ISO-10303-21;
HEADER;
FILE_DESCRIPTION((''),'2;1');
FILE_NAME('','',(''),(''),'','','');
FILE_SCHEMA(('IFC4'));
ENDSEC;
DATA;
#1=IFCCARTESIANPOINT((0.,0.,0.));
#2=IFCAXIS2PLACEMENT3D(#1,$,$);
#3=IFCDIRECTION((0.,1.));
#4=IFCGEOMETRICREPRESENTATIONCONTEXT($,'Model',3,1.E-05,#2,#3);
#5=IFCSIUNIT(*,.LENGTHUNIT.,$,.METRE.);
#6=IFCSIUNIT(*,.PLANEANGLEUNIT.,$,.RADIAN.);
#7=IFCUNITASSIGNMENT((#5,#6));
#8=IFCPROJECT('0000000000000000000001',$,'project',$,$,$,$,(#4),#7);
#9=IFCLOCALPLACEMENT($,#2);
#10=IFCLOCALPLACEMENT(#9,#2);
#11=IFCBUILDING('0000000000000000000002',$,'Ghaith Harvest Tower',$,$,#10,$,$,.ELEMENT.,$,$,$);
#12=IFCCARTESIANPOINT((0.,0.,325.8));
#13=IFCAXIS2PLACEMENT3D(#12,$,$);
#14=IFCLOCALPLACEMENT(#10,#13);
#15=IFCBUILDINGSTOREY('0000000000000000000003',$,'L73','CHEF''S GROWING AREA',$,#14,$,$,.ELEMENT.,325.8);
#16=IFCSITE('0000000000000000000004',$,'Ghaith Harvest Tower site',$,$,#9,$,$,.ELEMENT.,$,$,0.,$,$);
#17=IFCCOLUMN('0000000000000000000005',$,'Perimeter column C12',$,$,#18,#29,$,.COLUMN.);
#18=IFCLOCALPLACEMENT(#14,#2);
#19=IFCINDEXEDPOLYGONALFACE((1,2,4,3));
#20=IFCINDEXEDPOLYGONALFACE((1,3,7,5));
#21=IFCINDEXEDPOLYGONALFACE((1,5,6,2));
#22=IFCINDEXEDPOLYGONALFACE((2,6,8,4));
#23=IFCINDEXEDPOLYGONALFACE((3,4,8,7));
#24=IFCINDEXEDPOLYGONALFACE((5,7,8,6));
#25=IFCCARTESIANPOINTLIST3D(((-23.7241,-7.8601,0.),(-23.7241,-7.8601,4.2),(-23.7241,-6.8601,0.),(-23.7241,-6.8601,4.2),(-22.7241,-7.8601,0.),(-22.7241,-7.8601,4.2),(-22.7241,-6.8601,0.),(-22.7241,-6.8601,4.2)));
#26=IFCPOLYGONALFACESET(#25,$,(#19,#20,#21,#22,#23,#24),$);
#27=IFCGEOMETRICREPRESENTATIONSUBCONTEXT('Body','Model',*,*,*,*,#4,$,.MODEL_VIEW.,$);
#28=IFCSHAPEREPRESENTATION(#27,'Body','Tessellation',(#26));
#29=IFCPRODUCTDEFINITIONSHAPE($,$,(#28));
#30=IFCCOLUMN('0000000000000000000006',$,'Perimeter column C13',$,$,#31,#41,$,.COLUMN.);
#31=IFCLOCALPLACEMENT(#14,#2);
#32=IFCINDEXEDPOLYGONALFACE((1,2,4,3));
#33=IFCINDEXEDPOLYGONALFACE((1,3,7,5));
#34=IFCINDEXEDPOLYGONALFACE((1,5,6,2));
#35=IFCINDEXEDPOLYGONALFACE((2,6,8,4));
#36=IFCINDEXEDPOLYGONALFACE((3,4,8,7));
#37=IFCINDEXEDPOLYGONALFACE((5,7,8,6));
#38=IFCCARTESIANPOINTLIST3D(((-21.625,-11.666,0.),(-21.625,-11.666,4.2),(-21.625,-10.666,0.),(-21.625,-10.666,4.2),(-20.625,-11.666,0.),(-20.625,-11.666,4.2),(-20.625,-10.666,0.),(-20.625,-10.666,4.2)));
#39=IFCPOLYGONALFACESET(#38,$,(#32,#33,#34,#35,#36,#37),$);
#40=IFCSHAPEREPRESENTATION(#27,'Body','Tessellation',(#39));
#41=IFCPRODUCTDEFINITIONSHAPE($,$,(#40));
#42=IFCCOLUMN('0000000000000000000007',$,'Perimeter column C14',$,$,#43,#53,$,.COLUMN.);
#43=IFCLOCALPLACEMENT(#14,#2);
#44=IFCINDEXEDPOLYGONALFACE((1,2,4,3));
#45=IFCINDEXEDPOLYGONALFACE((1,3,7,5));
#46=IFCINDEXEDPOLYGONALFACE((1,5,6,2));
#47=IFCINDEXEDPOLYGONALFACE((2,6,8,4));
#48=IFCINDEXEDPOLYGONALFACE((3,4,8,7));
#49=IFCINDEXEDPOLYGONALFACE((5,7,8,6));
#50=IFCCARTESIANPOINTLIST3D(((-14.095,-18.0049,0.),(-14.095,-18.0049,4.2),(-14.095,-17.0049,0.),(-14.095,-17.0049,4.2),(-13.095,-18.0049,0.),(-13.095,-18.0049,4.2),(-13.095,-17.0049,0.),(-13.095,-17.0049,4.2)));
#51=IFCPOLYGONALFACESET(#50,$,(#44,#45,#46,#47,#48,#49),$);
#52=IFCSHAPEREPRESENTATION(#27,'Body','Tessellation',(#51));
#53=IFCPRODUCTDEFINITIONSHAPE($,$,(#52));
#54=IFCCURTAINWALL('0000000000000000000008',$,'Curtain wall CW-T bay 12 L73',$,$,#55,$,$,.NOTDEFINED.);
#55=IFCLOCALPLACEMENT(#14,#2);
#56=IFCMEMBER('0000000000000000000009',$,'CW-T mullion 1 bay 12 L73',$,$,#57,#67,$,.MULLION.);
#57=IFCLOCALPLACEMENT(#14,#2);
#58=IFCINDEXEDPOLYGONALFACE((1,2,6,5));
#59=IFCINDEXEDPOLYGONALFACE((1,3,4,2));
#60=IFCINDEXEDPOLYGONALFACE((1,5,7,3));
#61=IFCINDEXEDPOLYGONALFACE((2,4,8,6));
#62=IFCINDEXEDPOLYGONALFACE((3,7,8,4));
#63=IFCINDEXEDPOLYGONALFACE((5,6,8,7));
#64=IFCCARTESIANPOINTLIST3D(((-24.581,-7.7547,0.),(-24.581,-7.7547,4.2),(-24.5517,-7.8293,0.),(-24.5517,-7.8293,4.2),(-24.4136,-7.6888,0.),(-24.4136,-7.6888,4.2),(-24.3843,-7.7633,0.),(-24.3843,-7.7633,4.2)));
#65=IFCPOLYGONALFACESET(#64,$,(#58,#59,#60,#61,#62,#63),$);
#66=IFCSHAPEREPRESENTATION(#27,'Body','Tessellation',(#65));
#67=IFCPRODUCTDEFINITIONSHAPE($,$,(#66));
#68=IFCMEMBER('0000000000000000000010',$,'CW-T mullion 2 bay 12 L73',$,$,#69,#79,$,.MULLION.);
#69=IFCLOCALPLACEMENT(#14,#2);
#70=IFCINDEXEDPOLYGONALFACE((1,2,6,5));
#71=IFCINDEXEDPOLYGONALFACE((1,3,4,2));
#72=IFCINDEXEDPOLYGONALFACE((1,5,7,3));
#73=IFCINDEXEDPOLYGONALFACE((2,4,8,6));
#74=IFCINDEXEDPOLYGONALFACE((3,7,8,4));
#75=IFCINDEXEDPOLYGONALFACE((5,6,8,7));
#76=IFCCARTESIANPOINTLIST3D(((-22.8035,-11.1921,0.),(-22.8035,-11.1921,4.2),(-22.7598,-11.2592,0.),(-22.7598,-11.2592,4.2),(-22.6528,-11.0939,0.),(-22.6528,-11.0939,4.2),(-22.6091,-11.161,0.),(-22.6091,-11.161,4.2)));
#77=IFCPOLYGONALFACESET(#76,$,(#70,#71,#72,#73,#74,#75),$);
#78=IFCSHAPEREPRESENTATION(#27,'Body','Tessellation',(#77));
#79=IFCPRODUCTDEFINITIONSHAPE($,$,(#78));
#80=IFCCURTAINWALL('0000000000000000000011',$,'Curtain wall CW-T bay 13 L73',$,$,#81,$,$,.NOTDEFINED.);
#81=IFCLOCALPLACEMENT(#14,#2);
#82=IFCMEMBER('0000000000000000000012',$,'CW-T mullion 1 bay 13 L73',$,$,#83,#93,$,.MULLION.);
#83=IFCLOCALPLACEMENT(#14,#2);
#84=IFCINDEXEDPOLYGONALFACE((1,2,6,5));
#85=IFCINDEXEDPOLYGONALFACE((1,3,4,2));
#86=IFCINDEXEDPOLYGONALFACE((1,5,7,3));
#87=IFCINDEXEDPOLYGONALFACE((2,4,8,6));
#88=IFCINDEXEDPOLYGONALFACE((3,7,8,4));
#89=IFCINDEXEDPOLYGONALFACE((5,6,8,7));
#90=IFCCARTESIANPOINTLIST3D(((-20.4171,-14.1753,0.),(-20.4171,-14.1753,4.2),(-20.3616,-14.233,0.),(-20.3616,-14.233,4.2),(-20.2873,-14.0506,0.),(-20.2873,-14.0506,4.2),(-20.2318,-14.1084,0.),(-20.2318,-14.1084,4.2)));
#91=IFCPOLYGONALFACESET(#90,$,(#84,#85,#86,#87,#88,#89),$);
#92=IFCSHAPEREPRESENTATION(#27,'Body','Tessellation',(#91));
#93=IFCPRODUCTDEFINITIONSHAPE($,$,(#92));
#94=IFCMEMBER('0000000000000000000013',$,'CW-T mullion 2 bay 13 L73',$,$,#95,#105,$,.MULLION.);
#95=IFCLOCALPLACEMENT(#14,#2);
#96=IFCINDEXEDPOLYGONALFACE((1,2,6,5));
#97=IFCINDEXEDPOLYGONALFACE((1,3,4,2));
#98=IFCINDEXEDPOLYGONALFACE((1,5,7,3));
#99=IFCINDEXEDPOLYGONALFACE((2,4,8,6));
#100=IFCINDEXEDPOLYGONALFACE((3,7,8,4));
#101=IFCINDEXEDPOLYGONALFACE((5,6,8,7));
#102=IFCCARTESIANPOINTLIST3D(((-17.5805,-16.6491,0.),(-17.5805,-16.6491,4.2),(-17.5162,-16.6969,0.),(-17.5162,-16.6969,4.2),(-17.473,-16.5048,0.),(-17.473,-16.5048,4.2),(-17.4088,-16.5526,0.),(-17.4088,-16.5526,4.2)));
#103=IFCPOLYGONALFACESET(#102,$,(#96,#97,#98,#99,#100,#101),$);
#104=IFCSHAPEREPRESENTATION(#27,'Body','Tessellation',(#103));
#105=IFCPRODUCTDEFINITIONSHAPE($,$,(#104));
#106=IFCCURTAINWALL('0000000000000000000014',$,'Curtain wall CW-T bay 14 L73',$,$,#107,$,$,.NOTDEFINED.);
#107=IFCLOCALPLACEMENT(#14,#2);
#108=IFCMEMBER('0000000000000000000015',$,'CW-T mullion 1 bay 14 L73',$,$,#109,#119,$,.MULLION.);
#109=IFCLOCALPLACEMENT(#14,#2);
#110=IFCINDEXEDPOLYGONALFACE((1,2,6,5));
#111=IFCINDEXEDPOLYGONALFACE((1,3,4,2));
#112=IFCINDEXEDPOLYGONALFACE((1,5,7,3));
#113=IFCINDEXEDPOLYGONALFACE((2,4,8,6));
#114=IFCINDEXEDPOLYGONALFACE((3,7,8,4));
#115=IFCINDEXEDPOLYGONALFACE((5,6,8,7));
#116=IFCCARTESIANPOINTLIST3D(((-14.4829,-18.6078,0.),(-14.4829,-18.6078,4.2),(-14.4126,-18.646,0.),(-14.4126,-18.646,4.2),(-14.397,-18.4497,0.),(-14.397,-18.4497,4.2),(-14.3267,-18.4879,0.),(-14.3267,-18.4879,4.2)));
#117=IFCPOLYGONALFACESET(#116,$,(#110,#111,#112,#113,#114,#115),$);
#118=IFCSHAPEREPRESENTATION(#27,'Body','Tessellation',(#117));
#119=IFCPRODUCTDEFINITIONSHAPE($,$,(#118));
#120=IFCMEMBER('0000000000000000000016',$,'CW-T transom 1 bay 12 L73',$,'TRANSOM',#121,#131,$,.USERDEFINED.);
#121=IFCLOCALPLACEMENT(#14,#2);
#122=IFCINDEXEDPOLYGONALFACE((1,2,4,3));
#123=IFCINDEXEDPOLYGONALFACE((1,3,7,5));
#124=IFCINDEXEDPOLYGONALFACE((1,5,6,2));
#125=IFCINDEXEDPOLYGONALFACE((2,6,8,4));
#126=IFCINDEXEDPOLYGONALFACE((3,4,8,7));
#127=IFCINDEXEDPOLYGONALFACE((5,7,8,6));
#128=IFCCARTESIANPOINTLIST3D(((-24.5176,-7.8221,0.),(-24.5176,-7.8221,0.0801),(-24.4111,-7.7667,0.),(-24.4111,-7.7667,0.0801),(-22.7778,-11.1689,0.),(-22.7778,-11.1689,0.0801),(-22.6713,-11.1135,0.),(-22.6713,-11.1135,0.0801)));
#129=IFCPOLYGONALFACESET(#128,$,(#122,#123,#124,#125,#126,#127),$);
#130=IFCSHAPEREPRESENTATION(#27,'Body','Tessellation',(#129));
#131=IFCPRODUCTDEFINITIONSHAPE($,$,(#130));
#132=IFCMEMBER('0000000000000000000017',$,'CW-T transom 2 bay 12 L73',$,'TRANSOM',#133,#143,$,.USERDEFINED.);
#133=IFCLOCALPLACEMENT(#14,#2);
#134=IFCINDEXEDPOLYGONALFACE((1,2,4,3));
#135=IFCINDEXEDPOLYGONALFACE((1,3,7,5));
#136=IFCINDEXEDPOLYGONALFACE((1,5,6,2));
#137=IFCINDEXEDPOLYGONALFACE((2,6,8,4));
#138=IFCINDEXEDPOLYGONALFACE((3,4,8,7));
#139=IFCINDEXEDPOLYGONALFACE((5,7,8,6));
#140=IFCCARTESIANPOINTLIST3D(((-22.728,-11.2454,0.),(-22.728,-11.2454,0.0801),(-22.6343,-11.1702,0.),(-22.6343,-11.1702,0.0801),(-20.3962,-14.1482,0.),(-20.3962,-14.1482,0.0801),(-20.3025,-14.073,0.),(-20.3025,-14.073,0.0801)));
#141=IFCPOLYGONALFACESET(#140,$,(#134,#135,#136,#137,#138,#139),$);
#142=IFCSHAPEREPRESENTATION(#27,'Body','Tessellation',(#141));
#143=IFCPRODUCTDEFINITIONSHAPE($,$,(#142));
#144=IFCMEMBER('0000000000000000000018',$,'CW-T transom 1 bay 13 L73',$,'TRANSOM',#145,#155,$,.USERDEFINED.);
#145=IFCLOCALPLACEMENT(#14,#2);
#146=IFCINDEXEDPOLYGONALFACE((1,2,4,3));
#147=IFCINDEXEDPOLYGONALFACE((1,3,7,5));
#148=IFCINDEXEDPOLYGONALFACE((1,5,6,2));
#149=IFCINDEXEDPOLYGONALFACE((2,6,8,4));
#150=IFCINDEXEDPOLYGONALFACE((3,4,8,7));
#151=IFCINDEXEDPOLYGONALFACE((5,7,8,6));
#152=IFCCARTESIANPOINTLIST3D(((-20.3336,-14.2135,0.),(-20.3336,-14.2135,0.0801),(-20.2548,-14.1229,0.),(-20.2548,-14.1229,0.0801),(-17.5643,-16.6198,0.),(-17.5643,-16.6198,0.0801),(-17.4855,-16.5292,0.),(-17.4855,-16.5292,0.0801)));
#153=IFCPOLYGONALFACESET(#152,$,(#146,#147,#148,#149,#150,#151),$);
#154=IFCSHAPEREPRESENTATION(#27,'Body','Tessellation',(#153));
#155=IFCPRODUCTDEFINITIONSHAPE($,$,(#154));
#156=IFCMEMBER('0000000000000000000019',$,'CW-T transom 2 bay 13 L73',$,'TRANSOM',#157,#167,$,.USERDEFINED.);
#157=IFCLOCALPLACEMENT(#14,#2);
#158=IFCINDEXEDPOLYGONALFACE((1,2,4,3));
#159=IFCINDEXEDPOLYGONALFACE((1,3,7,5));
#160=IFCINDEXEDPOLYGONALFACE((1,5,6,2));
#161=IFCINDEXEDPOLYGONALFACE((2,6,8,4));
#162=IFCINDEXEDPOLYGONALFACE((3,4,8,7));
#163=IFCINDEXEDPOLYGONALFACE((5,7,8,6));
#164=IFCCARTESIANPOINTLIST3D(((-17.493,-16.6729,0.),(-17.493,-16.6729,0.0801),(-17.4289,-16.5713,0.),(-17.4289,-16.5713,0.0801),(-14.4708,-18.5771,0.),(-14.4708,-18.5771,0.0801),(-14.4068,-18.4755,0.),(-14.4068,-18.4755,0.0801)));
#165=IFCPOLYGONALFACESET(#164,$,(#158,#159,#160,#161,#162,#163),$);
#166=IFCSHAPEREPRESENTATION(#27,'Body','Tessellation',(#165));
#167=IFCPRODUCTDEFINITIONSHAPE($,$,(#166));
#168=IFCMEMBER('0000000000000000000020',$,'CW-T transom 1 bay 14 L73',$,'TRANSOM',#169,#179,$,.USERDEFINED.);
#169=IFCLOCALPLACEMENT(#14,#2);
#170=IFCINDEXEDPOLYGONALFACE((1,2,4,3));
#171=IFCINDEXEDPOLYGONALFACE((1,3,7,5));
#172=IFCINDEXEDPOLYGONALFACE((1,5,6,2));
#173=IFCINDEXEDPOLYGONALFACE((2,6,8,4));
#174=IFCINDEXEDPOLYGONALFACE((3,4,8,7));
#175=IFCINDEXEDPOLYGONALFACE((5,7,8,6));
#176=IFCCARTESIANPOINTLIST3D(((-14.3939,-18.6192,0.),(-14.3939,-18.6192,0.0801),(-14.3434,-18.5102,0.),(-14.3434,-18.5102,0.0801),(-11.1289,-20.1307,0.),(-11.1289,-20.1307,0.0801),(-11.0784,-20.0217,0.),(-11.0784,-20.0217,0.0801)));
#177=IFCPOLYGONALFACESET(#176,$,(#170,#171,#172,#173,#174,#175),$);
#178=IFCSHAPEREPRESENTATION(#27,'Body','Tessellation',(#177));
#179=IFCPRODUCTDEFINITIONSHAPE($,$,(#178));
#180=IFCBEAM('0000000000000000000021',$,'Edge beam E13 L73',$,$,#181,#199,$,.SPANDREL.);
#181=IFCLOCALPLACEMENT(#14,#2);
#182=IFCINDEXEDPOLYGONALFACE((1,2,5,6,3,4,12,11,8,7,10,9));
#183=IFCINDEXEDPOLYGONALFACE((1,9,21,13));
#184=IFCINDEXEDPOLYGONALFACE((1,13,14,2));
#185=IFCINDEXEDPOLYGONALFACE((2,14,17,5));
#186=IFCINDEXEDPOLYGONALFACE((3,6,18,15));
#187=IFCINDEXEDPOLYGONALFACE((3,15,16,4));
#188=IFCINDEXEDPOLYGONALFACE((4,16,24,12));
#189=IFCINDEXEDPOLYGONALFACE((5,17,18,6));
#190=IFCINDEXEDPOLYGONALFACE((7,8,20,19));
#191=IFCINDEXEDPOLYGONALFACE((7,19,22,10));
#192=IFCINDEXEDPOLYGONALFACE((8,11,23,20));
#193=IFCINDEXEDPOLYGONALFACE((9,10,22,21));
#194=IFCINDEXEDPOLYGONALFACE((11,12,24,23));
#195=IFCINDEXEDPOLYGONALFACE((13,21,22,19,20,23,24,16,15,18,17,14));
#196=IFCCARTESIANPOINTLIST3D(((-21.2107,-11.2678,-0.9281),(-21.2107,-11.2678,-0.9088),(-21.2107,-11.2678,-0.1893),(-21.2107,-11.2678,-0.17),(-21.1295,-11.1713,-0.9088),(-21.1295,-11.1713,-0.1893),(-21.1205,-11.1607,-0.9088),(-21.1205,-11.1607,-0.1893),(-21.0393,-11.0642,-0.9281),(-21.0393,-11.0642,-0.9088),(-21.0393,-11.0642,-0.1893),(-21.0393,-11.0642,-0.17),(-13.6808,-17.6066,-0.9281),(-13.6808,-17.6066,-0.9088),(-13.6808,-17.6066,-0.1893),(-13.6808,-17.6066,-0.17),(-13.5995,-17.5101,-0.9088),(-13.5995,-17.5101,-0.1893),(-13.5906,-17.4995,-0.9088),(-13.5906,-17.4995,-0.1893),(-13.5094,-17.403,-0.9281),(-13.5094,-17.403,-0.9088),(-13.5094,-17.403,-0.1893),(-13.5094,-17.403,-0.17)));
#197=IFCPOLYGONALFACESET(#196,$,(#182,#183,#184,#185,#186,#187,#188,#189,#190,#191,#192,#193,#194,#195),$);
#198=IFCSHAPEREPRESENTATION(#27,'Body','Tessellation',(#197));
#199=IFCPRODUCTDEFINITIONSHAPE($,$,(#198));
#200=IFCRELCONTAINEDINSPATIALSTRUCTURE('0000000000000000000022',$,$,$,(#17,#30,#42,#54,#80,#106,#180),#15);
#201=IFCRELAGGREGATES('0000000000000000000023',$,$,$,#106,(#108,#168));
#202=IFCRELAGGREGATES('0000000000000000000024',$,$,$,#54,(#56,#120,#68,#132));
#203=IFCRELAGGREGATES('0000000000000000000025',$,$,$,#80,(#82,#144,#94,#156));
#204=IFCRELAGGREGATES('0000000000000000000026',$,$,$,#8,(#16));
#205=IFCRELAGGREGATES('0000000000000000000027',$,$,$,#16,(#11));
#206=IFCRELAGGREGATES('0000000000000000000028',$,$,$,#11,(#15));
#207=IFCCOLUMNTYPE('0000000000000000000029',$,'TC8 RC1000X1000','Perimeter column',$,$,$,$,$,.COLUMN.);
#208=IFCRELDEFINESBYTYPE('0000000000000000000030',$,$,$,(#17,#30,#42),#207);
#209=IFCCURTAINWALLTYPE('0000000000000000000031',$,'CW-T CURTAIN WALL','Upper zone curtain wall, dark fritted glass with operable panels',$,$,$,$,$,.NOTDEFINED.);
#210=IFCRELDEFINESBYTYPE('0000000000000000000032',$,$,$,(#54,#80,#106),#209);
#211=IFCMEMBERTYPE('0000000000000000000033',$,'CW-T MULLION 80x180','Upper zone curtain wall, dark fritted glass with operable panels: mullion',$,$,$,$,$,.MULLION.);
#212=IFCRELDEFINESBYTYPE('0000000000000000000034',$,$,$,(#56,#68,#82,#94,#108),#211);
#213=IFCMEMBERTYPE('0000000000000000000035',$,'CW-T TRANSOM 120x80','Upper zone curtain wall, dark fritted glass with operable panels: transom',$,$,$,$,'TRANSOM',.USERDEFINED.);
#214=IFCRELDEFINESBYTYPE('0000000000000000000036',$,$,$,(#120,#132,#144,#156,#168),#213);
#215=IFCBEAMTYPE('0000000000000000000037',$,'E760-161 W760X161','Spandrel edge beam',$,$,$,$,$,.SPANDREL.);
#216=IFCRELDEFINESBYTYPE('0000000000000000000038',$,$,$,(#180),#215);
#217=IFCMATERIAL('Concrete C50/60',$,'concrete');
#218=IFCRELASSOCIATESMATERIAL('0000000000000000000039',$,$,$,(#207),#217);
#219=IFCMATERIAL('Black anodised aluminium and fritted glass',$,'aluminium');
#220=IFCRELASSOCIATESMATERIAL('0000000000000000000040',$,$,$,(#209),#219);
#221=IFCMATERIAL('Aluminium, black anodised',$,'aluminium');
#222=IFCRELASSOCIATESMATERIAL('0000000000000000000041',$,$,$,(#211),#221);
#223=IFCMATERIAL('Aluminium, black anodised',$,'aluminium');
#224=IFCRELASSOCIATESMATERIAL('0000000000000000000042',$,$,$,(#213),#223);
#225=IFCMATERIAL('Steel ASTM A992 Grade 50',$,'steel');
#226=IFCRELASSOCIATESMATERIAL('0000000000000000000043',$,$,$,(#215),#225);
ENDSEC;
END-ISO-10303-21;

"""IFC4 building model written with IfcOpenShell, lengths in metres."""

from ifc_helpers import new_model, si_unit, direction, frame, origin, origin_2d, place, context, subcontext, project, spatial, rectangle, i_section, extrude, material, material_profile, profile_set, type_object, element, aggregate, save


model = new_model("IFC4")

# Units and contexts
model_context = context("Model", 3, precision=1e-05, world=origin(), true_north=direction((0.0, 1.0)))
body_context = subcontext(model_context, "Body", "Model", "MODEL_VIEW")
ifc_project = project(units=[si_unit("LENGTHUNIT", "METRE"), si_unit("PLANEANGLEUNIT", "RADIAN")], contexts=[model_context])

# Site, building, storey
site_placement = place(None, origin())
site = spatial("IfcSite", under=ifc_project, at=site_placement, Name="Ghaith Harvest Tower site", CompositionType="ELEMENT", RefElevation=0.0)
building_placement = place(site_placement, origin())
building = spatial("IfcBuilding", under=site, at=building_placement, Name="Ghaith Harvest Tower", CompositionType="ELEMENT")
storey_placement = place(building_placement, frame((0.0, 0.0, 325.8)))
storey = spatial("IfcBuildingStorey", under=building, at=storey_placement, Name="L73", Description="CHEF'S GROWING AREA", CompositionType="ELEMENT", Elevation=325.8)

# Columns
ifc_material_1 = material(Name="Concrete C50/60", Category="concrete")
ifc_material_profile_1 = material_profile(ifc_material_1, rectangle(XDim=1.0, YDim=1.0, at=origin_2d()), Name="RC1000X1000")
ifc_profile_set_1 = profile_set([ifc_material_profile_1], Name="Concrete C50/60")
column_type = type_object("IfcColumnType", Name="TC8 RC1000X1000", Description="Perimeter column", PredefinedType="COLUMN", material=ifc_profile_set_1)
for number, where, z_axis, x_axis, name in (
    (1, (-23.2241, -7.3601, 0.0), (0.0, 0.0, 1.0), (1.0, 0.0, 0.0), "Perimeter column C12"),
    (2, (-21.125, -11.166, 0.0), (0.0, 0.0, 1.0), (1.0, 0.0, 0.0), "Perimeter column C13"),
    (3, (-13.595, -17.5049, 0.0), (0.0, 0.0, 1.0), (1.0, 0.0, 0.0), "Perimeter column C14"),
):
    element("IfcColumn", number, at=place(storey_placement, frame(where, z_axis=z_axis, x_axis=x_axis)), inside=storey, type_object=column_type, Name=name, PredefinedType="COLUMN", context=body_context, shape_type="SweptSolid", body=[
        extrude(rectangle(XDim=1.0, YDim=1.0, at=origin_2d()), origin(), (0.0, 0.0, 1.0), 4.2),
    ])

# Curtain walls, members
ifc_material_2 = material(Name="Black anodised aluminium and fritted glass", Category="aluminium")
curtain_wall_type = type_object("IfcCurtainWallType", Name="CW-T CURTAIN WALL", Description="Upper zone curtain wall, dark fritted glass with operable panels", PredefinedType="NOTDEFINED", material=ifc_material_2)
curtain_wall_1_placement = place(storey_placement, origin())
curtain_wall_1 = element("IfcCurtainWall", 4, at=curtain_wall_1_placement, inside=storey, type_object=curtain_wall_type, Name="Curtain wall CW-T bay 12 L73", PredefinedType="NOTDEFINED")
ifc_material_3 = material(Name="Aluminium, black anodised", Category="aluminium")
ifc_material_profile_2 = material_profile(ifc_material_3, rectangle(XDim=0.0801, YDim=0.1799, at=origin_2d()), Name="CW-T MULLION 80x180")
ifc_profile_set_2 = profile_set([ifc_material_profile_2], Name="Aluminium, black anodised")
member_type_1 = type_object("IfcMemberType", Name="CW-T MULLION 80x180", Description="Upper zone curtain wall, dark fritted glass with operable panels: mullion", PredefinedType="MULLION", material=ifc_profile_set_2)
member_1_placement = place(storey_placement, frame((-24.4827, -7.759, 0.0), z_axis=(0.0, 0.0, 1.0), x_axis=(0.366473, -0.930429, 0.0)))
member_1 = element("IfcMember", 5, at=member_1_placement, type_object=member_type_1, Name="CW-T mullion 1 bay 12 L73", PredefinedType="MULLION", context=body_context, shape_type="SweptSolid", body=[
    extrude(rectangle(XDim=0.0801, YDim=0.1799, at=origin_2d()), origin(), (0.0, 0.0, 1.0), 4.2),
])
member_2_placement = place(storey_placement, frame((-22.7063, -11.1765, 0.0), z_axis=(0.0, 0.0, 1.0), x_axis=(0.545865, -0.837873, 0.0)))
member_2 = element("IfcMember", 6, at=member_2_placement, type_object=member_type_1, Name="CW-T mullion 2 bay 12 L73", PredefinedType="MULLION", context=body_context, shape_type="SweptSolid", body=[
    extrude(rectangle(XDim=0.0801, YDim=0.1799, at=origin_2d()), origin(), (0.0, 0.0, 1.0), 4.2),
])
curtain_wall_2_placement = place(storey_placement, origin())
curtain_wall_2 = element("IfcCurtainWall", 7, at=curtain_wall_2_placement, inside=storey, type_object=curtain_wall_type, Name="Curtain wall CW-T bay 13 L73", PredefinedType="NOTDEFINED")
member_3_placement = place(storey_placement, frame((-20.3245, -14.1418, 0.0), z_axis=(0.0, 0.0, 1.0), x_axis=(0.692826, -0.721104, 0.0)))
member_3 = element("IfcMember", 8, at=member_3_placement, type_object=member_type_1, Name="CW-T mullion 1 bay 13 L73", PredefinedType="MULLION", context=body_context, shape_type="SweptSolid", body=[
    extrude(rectangle(XDim=0.0801, YDim=0.1799, at=origin_2d()), origin(), (0.0, 0.0, 1.0), 4.2),
])
member_4_placement = place(storey_placement, frame((-17.4946, -16.6008, 0.0), z_axis=(0.0, 0.0, 1.0), x_axis=(0.80219, -0.597069, 0.0)))
member_4 = element("IfcMember", 9, at=member_4_placement, type_object=member_type_1, Name="CW-T mullion 2 bay 13 L73", PredefinedType="MULLION", context=body_context, shape_type="SweptSolid", body=[
    extrude(rectangle(XDim=0.0801, YDim=0.1799, at=origin_2d()), origin(), (0.0, 0.0, 1.0), 4.2),
])

# Curtain wall, member
curtain_wall_3_placement = place(storey_placement, origin())
curtain_wall_3 = element("IfcCurtainWall", 10, at=curtain_wall_3_placement, inside=storey, type_object=curtain_wall_type, Name="Curtain wall CW-T bay 14 L73", PredefinedType="NOTDEFINED")
member_5_placement = place(storey_placement, frame((-14.4048, -18.5479, 0.0), z_axis=(0.0, 0.0, 1.0), x_axis=(0.878672, -0.477426, 0.0)))
member_5 = element("IfcMember", 11, at=member_5_placement, type_object=member_type_1, Name="CW-T mullion 1 bay 14 L73", PredefinedType="MULLION", context=body_context, shape_type="SweptSolid", body=[
    extrude(rectangle(XDim=0.0801, YDim=0.1799, at=origin_2d()), origin(), (0.0, 0.0, 1.0), 4.2),
])

# Members
ifc_material_4 = material(Name="Aluminium, black anodised", Category="aluminium")
ifc_material_profile_3 = material_profile(ifc_material_4, rectangle(XDim=0.1201, YDim=0.0801, at=origin_2d()), Name="CW-T TRANSOM 120x80")
ifc_profile_set_3 = profile_set([ifc_material_profile_3], Name="Aluminium, black anodised")
member_type_2 = type_object("IfcMemberType", Name="CW-T TRANSOM 120x80", Description="Upper zone curtain wall, dark fritted glass with operable panels: transom", ElementType="TRANSOM", PredefinedType="USERDEFINED", material=ifc_profile_set_3)
member_6_placement = place(storey_placement, frame((-24.4644, -7.7944, 0.04), z_axis=(0.461243, -0.887274, 0.0), x_axis=(0.887274, 0.461243, 0.0)))
member_6 = element("IfcMember", 12, at=member_6_placement, type_object=member_type_2, Name="CW-T transom 1 bay 12 L73", ObjectType="TRANSOM", PredefinedType="USERDEFINED", context=body_context, shape_type="SweptSolid", body=[
    extrude(rectangle(XDim=0.1201, YDim=0.0801, at=origin_2d()), origin(), (0.0, 0.0, 1.0), 3.772),
])
member_7_placement = place(storey_placement, frame((-22.6812, -11.2078, 0.04), z_axis=(0.626253, -0.77962, 0.0), x_axis=(0.77962, 0.626253, 0.0)))
member_7 = element("IfcMember", 13, at=member_7_placement, type_object=member_type_2, Name="CW-T transom 2 bay 12 L73", ObjectType="TRANSOM", PredefinedType="USERDEFINED", context=body_context, shape_type="SweptSolid", body=[
    extrude(rectangle(XDim=0.1201, YDim=0.0801, at=origin_2d()), origin(), (0.0, 0.0, 1.0), 3.7234),
])
member_8_placement = place(storey_placement, frame((-20.2942, -14.1682, 0.04), z_axis=(0.754852, -0.655895, 0.0), x_axis=(0.655895, 0.754852, 0.0)))
member_8 = element("IfcMember", 14, at=member_8_placement, type_object=member_type_2, Name="CW-T transom 1 bay 13 L73", ObjectType="TRANSOM", PredefinedType="USERDEFINED", context=body_context, shape_type="SweptSolid", body=[
    extrude(rectangle(XDim=0.1201, YDim=0.0801, at=origin_2d()), origin(), (0.0, 0.0, 1.0), 3.6687),
])
member_9_placement = place(storey_placement, frame((-17.4609, -16.6221, 0.04), z_axis=(0.846054, -0.533098, 0.0), x_axis=(0.533098, 0.846054, 0.0)))
member_9 = element("IfcMember", 15, at=member_9_placement, type_object=member_type_2, Name="CW-T transom 2 bay 13 L73", ObjectType="TRANSOM", PredefinedType="USERDEFINED", context=body_context, shape_type="SweptSolid", body=[
    extrude(rectangle(XDim=0.1201, YDim=0.0801, at=origin_2d()), origin(), (0.0, 0.0, 1.0), 3.572),
])
member_10_placement = place(storey_placement, frame((-14.3687, -18.5647, 0.04), z_axis=(0.907472, -0.420112, 0.0), x_axis=(0.420112, 0.907472, 0.0)))
member_10 = element("IfcMember", 16, at=member_10_placement, type_object=member_type_2, Name="CW-T transom 1 bay 14 L73", ObjectType="TRANSOM", PredefinedType="USERDEFINED", context=body_context, shape_type="SweptSolid", body=[
    extrude(rectangle(XDim=0.1201, YDim=0.0801, at=origin_2d()), origin(), (0.0, 0.0, 1.0), 3.5979),
])
aggregate(curtain_wall_3, [member_5, member_10])

# Beam
ifc_material_5 = material(Name="Steel ASTM A992 Grade 50", Category="steel")
ifc_material_profile_4 = material_profile(ifc_material_5, i_section(OverallWidth=0.2661, OverallDepth=0.7581, WebThickness=0.0139, FlangeThickness=0.0193, at=origin_2d()), Name="W760X161")
ifc_profile_set_4 = profile_set([ifc_material_profile_4], Name="Steel ASTM A992 Grade 50")
beam_type = type_object("IfcBeamType", Name="E760-161 W760X161", Description="Spandrel edge beam", PredefinedType="SPANDREL", material=ifc_profile_set_4)
beam_1_placement = place(storey_placement, frame((-21.125, -11.166, -0.5491), z_axis=(0.765022, -0.644004, 0.0), x_axis=(0.644004, 0.765022, 0.0)))
element("IfcBeam", 17, at=beam_1_placement, inside=storey, type_object=beam_type, Name="Edge beam E13 L73", PredefinedType="SPANDREL", context=body_context, shape_type="SweptSolid", body=[
    extrude(i_section(OverallWidth=0.2661, OverallDepth=0.7581, WebThickness=0.0139, FlangeThickness=0.0193, at=origin_2d()), origin(), (0.0, 0.0, 1.0), 9.8428),
])

aggregate(curtain_wall_1, [member_1, member_6, member_2, member_7])
aggregate(curtain_wall_2, [member_3, member_8, member_4, member_9])

save(model, "model.ifc")
